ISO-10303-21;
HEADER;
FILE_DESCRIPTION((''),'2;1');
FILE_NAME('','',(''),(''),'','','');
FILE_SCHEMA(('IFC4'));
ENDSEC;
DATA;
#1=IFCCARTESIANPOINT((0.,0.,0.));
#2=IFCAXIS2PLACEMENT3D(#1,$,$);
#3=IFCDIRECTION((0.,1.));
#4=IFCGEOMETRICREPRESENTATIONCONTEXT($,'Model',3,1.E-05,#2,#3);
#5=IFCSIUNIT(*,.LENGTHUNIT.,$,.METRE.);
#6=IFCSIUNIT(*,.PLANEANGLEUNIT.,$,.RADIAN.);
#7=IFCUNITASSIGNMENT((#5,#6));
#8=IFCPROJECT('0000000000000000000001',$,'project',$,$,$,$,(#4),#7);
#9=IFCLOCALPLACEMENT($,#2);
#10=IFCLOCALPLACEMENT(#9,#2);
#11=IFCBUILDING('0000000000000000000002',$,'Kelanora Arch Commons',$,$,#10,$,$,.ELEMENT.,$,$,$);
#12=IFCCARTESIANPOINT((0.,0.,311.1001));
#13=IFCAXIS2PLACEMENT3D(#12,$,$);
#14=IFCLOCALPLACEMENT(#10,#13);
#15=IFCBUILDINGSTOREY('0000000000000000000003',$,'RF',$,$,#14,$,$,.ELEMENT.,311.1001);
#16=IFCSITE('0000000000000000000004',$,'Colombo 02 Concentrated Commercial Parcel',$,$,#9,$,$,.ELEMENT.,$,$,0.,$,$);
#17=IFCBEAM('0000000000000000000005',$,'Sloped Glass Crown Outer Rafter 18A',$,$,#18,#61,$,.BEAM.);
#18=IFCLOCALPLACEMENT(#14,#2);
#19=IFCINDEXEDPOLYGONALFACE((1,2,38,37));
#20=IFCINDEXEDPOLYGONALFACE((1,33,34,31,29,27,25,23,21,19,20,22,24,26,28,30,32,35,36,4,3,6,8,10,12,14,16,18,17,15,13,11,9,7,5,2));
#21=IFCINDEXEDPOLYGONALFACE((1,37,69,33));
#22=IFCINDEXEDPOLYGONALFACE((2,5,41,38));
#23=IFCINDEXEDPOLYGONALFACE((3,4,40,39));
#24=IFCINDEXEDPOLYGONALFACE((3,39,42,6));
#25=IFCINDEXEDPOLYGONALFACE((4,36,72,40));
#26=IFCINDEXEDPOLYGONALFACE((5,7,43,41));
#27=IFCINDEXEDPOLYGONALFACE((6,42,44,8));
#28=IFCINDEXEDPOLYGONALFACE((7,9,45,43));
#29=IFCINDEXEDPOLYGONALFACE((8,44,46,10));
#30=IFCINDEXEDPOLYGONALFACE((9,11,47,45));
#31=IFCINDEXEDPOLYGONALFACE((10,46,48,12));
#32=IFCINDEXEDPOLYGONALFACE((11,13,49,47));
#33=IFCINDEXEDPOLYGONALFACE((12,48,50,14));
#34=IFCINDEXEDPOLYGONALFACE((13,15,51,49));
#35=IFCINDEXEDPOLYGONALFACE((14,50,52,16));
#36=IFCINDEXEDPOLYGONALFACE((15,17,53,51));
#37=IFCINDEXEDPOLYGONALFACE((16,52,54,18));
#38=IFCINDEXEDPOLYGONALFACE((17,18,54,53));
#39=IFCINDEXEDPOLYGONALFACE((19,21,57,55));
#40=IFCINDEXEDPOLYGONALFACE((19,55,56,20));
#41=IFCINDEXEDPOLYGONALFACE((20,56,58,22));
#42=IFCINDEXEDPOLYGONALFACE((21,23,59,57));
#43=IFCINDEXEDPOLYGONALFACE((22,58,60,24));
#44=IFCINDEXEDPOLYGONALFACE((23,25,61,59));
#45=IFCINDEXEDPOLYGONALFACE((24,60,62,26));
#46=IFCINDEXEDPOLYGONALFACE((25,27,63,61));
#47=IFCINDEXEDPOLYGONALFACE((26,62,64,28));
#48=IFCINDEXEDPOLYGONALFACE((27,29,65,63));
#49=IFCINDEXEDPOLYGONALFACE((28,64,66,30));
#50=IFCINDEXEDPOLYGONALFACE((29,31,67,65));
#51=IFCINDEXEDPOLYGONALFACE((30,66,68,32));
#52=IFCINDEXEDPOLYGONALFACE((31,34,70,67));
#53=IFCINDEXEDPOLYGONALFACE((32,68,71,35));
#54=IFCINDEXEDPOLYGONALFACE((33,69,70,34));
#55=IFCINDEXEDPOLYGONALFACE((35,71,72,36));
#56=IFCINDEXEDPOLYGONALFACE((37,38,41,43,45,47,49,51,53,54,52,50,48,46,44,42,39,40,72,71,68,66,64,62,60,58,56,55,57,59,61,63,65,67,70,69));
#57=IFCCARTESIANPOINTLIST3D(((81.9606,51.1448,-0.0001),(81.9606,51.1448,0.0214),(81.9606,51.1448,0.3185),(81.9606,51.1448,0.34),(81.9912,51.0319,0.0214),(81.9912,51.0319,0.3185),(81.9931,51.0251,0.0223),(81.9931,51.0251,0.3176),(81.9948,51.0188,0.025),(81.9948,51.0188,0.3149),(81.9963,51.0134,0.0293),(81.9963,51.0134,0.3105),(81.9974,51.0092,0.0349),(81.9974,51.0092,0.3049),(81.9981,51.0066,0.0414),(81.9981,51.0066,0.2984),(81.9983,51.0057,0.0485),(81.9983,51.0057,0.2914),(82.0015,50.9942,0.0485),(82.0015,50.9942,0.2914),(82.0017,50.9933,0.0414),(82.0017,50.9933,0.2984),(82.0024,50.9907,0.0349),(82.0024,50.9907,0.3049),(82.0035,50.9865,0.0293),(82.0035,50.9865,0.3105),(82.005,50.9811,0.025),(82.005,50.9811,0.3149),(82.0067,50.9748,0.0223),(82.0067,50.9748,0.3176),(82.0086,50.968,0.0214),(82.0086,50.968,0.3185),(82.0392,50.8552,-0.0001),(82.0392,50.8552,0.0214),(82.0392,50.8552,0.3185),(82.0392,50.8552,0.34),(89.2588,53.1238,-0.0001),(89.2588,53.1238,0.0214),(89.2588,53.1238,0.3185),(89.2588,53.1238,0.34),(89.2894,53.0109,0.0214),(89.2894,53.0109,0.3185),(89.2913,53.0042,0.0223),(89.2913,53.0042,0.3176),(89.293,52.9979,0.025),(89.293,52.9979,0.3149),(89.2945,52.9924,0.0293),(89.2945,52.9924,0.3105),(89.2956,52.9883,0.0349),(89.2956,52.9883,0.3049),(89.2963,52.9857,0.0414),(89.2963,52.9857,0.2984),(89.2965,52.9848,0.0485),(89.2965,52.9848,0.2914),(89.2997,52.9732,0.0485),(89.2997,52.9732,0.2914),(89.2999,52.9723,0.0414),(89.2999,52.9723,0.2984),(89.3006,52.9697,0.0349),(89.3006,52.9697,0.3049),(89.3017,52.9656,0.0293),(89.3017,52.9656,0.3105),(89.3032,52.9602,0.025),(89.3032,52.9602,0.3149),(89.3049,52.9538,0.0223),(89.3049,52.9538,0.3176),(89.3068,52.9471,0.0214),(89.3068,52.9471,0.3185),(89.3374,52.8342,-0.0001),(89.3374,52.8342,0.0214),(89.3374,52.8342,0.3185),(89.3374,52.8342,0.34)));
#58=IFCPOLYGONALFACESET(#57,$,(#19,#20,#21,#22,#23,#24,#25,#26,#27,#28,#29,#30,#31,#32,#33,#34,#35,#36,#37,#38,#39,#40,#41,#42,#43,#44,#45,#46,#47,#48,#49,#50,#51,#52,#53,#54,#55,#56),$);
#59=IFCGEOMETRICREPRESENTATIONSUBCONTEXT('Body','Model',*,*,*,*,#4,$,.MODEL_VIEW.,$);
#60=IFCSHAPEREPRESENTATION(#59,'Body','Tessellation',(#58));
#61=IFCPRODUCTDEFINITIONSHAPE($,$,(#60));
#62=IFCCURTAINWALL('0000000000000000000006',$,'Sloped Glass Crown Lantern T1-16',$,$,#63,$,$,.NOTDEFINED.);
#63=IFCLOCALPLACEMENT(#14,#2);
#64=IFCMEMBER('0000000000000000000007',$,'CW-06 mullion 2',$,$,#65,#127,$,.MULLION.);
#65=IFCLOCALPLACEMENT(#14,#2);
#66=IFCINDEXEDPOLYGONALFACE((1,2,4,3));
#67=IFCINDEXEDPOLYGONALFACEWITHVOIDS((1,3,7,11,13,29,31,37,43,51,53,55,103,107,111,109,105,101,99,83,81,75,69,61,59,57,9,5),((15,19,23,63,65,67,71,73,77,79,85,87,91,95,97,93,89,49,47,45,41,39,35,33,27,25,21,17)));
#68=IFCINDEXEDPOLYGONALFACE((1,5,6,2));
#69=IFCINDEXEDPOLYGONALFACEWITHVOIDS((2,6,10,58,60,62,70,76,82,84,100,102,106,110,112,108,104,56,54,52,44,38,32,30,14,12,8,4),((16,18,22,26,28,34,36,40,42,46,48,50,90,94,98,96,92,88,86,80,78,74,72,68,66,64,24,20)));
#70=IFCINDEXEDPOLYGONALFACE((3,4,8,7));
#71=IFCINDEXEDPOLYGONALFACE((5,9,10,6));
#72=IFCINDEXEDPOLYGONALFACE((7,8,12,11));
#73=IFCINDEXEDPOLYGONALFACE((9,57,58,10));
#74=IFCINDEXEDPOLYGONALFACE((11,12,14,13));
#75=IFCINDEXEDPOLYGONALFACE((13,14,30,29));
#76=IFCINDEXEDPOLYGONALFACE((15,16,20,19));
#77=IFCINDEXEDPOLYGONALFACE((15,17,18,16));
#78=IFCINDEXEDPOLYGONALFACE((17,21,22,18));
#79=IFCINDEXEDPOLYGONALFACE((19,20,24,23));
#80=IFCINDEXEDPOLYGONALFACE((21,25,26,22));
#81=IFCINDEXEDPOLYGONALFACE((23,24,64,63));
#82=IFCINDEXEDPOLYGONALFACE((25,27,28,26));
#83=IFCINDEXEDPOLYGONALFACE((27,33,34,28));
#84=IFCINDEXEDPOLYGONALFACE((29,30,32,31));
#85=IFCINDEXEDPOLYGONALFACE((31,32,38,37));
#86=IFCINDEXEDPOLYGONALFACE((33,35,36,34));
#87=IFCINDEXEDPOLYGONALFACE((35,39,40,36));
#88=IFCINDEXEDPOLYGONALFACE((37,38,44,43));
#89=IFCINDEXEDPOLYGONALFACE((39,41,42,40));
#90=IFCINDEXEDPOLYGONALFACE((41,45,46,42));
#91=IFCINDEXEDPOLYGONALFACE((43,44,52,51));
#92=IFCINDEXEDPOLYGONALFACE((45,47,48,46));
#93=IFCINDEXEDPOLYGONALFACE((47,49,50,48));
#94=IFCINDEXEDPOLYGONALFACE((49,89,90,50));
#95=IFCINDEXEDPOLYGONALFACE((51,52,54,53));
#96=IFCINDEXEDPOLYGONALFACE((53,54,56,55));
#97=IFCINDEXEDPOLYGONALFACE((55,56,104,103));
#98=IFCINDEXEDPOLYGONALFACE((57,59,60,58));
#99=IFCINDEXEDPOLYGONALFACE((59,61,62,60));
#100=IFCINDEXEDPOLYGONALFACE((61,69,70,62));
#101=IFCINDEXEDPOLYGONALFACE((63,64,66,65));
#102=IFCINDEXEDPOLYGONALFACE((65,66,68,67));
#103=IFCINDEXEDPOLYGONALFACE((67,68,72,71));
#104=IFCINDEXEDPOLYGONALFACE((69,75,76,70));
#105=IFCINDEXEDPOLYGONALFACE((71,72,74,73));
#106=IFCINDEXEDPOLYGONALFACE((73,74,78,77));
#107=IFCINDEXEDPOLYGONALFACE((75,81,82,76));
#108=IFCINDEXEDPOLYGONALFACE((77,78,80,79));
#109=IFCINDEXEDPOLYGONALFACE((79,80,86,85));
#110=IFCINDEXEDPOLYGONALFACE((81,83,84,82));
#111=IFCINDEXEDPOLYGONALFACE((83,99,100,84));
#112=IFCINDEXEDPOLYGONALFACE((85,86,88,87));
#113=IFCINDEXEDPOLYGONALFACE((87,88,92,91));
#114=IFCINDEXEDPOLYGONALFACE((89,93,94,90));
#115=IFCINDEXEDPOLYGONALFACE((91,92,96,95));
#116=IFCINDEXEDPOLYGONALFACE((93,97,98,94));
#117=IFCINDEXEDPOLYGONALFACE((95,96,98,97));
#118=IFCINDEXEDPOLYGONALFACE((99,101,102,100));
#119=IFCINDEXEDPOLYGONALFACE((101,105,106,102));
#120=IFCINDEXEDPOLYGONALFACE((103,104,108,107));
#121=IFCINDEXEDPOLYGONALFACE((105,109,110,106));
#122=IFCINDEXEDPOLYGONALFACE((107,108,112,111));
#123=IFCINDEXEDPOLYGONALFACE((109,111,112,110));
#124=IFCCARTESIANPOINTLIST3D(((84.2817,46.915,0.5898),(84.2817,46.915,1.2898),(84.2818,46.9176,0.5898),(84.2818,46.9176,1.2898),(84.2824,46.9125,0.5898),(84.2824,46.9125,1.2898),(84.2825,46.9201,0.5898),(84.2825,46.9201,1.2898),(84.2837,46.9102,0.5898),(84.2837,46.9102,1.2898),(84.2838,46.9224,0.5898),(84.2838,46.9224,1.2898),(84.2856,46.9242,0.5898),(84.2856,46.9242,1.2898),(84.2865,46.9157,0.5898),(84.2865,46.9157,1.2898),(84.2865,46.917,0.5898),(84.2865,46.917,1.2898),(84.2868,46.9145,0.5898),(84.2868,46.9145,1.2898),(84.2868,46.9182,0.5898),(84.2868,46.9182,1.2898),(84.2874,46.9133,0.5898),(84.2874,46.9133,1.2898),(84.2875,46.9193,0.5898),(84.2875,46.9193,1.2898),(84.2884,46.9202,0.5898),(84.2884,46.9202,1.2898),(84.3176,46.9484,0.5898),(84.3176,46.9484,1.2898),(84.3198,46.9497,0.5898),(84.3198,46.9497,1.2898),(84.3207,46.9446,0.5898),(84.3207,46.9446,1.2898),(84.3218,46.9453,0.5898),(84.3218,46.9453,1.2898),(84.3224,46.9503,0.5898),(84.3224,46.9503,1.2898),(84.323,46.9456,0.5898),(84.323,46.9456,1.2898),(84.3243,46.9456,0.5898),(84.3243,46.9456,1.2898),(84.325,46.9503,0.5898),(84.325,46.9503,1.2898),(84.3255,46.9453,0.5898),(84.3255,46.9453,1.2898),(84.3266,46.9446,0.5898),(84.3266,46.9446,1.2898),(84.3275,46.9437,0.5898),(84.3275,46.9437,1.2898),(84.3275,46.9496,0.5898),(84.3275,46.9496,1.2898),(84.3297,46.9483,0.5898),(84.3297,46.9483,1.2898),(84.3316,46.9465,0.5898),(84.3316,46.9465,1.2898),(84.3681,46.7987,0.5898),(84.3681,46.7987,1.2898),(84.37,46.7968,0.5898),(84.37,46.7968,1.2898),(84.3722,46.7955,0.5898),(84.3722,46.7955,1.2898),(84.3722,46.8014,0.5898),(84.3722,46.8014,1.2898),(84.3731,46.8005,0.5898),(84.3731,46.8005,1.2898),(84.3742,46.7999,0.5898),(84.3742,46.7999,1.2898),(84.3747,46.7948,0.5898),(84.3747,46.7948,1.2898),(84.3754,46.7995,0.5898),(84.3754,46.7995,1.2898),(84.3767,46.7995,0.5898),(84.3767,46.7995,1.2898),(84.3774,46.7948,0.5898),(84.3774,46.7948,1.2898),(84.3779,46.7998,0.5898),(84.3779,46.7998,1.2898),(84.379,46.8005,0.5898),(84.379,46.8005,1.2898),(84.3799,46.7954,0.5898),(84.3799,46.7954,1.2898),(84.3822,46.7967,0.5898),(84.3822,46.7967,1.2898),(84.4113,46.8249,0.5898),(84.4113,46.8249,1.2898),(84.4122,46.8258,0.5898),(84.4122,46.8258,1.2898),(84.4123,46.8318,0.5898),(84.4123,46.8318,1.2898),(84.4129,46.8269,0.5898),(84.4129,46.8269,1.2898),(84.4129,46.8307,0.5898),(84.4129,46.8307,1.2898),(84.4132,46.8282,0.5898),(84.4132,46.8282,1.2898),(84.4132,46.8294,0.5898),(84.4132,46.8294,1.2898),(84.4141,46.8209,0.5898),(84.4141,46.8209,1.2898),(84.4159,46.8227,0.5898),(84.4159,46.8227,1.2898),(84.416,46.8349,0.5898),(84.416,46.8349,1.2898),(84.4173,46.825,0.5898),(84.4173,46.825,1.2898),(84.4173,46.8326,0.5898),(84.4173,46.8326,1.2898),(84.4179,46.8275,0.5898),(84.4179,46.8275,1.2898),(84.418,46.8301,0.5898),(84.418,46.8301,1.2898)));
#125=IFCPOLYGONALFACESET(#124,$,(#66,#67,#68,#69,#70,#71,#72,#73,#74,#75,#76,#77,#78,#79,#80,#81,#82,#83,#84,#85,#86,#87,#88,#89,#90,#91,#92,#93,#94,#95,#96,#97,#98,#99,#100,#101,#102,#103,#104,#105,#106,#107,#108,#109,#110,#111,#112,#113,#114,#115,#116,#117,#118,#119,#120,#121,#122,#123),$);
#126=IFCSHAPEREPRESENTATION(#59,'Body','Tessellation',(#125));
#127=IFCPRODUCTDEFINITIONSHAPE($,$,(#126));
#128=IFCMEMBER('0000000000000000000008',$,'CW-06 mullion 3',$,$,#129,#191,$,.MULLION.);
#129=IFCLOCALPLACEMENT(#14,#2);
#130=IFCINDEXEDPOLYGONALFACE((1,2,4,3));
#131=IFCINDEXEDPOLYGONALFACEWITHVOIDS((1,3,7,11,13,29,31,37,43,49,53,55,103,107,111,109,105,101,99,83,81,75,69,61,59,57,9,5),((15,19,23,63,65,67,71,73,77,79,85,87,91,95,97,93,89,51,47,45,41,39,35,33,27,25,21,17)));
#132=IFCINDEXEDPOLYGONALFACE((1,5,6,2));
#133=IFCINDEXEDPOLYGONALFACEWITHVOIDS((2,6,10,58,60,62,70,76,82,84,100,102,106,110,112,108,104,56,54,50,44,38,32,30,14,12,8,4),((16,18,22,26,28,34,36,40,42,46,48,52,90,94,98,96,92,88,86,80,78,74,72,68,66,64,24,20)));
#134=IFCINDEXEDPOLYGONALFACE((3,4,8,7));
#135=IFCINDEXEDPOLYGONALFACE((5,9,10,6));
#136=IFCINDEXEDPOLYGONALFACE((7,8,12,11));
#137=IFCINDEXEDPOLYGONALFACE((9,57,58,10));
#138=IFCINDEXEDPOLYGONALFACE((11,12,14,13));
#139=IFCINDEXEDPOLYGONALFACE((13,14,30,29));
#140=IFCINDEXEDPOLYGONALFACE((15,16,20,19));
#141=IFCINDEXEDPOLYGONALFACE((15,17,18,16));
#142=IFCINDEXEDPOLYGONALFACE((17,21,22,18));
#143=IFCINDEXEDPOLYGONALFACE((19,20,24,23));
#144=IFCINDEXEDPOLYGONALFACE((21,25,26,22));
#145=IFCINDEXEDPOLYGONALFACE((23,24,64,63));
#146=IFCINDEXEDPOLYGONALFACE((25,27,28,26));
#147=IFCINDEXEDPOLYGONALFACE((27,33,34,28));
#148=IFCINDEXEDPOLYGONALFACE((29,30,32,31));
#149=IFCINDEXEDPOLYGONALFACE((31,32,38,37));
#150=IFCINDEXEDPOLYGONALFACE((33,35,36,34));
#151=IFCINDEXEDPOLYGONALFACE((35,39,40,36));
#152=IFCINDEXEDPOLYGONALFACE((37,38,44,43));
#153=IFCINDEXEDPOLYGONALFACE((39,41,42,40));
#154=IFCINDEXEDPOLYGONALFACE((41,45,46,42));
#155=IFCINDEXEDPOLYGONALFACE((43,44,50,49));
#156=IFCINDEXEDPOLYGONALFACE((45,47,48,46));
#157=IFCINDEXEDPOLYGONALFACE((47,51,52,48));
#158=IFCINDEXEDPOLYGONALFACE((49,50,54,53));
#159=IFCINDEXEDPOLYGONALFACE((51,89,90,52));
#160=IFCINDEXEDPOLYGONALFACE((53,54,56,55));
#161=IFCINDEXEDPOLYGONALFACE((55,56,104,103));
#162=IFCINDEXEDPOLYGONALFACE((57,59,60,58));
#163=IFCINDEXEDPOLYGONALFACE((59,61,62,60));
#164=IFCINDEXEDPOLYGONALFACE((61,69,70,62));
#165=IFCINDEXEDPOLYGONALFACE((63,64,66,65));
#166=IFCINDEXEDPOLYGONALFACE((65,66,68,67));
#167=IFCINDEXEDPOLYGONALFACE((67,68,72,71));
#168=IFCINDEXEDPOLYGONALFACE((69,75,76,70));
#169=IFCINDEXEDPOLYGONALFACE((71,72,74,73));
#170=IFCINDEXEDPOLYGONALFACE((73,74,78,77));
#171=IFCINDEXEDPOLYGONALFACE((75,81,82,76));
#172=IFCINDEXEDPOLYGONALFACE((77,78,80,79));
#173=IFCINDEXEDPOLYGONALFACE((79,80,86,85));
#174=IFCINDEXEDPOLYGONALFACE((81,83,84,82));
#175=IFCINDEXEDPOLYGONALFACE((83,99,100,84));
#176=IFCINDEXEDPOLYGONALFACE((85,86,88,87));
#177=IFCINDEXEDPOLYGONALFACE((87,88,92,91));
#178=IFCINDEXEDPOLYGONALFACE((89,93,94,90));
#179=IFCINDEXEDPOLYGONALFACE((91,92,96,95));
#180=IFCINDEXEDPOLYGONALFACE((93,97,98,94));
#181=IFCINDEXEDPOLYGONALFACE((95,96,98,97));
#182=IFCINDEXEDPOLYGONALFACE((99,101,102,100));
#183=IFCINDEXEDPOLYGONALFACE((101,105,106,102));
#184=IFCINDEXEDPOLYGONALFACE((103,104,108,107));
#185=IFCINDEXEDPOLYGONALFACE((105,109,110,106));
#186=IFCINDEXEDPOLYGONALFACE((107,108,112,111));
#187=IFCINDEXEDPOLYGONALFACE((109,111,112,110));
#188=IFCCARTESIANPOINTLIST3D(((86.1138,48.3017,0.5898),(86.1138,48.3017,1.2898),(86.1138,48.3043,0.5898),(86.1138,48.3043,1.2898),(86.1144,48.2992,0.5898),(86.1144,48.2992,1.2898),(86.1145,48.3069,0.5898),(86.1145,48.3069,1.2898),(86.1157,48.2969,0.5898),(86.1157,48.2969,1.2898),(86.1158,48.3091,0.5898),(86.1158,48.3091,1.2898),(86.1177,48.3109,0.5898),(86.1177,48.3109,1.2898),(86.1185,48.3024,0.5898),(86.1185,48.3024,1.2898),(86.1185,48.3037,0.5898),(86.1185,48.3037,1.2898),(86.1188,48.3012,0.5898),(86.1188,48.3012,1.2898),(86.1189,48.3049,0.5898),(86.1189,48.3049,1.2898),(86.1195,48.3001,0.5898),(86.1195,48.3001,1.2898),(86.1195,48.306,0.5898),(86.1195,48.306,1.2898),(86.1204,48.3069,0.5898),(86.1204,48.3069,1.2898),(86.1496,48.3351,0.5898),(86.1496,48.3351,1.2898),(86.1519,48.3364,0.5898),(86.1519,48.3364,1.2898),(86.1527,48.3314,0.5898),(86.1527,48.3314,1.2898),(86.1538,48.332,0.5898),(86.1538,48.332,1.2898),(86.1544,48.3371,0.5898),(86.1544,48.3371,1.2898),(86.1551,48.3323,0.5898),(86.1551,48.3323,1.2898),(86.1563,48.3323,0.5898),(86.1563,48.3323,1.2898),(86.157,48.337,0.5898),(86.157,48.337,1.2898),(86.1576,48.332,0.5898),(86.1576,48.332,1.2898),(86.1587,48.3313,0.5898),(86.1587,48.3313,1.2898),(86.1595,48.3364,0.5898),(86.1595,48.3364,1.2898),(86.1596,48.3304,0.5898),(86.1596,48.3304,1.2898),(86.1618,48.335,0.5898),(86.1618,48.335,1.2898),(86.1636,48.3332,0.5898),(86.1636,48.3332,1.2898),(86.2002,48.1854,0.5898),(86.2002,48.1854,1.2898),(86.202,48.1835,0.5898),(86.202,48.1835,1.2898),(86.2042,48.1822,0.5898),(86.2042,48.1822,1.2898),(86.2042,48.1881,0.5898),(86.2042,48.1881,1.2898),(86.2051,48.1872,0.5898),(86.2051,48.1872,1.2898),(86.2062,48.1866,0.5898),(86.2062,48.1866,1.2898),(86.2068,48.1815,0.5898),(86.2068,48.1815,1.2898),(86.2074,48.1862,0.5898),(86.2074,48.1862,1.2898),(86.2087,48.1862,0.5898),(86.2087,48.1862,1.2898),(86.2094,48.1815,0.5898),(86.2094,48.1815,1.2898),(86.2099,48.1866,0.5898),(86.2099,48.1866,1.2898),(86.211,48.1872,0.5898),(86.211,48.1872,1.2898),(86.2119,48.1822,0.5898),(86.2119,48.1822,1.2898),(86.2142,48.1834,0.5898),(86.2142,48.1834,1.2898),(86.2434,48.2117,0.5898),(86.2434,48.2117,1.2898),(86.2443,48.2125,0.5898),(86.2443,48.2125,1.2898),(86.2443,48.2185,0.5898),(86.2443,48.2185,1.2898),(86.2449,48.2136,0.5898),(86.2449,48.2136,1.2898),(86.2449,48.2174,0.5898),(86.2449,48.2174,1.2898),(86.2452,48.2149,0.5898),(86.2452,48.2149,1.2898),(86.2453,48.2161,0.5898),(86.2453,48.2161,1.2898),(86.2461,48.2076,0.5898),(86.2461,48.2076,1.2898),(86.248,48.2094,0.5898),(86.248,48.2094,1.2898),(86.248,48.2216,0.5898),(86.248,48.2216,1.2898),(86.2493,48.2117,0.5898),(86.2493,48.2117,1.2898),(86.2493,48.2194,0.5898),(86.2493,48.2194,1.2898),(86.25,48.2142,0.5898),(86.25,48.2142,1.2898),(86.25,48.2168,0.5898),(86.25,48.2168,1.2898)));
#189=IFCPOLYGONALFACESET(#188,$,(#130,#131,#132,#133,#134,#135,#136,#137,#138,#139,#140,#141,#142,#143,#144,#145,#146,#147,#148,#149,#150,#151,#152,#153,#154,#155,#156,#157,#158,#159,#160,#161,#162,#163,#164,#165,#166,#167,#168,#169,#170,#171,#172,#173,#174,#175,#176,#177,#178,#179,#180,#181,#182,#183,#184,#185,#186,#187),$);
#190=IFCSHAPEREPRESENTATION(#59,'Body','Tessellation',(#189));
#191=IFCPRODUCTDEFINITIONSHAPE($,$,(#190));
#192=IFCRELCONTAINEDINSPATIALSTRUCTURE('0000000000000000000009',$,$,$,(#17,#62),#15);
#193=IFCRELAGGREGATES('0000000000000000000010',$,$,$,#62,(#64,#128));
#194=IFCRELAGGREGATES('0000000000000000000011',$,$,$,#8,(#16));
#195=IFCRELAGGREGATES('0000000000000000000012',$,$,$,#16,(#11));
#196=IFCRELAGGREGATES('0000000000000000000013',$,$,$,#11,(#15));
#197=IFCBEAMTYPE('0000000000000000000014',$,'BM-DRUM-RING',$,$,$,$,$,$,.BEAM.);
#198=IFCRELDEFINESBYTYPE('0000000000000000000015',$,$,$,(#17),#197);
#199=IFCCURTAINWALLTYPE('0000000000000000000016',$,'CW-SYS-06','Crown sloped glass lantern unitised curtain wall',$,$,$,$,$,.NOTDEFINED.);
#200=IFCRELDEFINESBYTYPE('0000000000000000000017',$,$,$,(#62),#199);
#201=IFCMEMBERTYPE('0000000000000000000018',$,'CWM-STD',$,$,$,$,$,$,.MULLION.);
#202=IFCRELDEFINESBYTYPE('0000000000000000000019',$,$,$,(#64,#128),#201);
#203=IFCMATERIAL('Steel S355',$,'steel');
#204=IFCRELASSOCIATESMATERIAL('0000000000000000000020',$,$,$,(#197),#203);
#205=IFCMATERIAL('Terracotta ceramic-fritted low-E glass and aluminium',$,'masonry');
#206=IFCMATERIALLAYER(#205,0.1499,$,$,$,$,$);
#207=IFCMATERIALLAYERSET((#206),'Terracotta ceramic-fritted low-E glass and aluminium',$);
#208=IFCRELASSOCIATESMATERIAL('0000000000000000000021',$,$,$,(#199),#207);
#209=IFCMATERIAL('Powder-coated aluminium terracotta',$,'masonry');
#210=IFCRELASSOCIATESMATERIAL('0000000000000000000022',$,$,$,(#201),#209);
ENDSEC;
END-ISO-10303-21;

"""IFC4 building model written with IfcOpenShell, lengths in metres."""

from ifc_helpers import new_model, si_unit, direction, frame, origin, origin_2d, place, context, subcontext, project, spatial, hollow_rectangle, i_section, extrude, material, layer, layer_set, material_profile, profile_set, type_object, element, aggregate, save


model = new_model("IFC4")

# Units and contexts
model_context = context("Model", 3, precision=1e-05, world=origin(), true_north=direction((0.0, 1.0)))
body_context = subcontext(model_context, "Body", "Model", "MODEL_VIEW")
ifc_project = project(units=[si_unit("LENGTHUNIT", "METRE"), si_unit("PLANEANGLEUNIT", "RADIAN")], contexts=[model_context])

# Site, building, storey
site_placement = place(None, origin())
site = spatial("IfcSite", under=ifc_project, at=site_placement, Name="Colombo 02 Concentrated Commercial Parcel", CompositionType="ELEMENT", RefElevation=0.0)
building_placement = place(site_placement, origin())
building = spatial("IfcBuilding", under=site, at=building_placement, Name="Kelanora Arch Commons", CompositionType="ELEMENT")
storey_placement = place(building_placement, frame((0.0, 0.0, 311.1001)))
storey = spatial("IfcBuildingStorey", under=building, at=storey_placement, Name="RF", CompositionType="ELEMENT", Elevation=311.1001)

# Beam
ifc_material_1 = material(Name="Steel S355", Category="steel")
ifc_material_profile_1 = material_profile(ifc_material_1, i_section(OverallWidth=0.3, OverallDepth=0.3401, WebThickness=0.012, FlangeThickness=0.0215, FilletRadius=0.0271, at=origin_2d()), Name="HEB340")
ifc_profile_set_1 = profile_set([ifc_material_profile_1], Name="Steel S355")
beam_type = type_object("IfcBeamType", Name="BM-DRUM-RING", PredefinedType="BEAM", material=ifc_profile_set_1)
beam_1_placement = place(storey_placement, frame((89.2981, 52.979, 0.1699), z_axis=(-0.965145, -0.261716, 0.0), x_axis=(0.261716, -0.965145, 0.0)))
element("IfcBeam", 1, at=beam_1_placement, inside=storey, type_object=beam_type, Name="Sloped Glass Crown Outer Rafter 18A", PredefinedType="BEAM", context=body_context, shape_type="SweptSolid", body=[
    extrude(i_section(OverallWidth=0.3, OverallDepth=0.3401, WebThickness=0.012, FlangeThickness=0.0215, FilletRadius=0.0271, at=origin_2d()), origin(), (0.0, 0.0, 1.0), 7.5618),
])

# Curtain wall, members
ifc_material_2 = material(Name="Terracotta ceramic-fritted low-E glass and aluminium", Category="masonry")
ifc_layer_1 = layer(ifc_material_2, 0.1499)
ifc_layer_set_1 = layer_set([ifc_layer_1], Name="Terracotta ceramic-fritted low-E glass and aluminium")
curtain_wall_type = type_object("IfcCurtainWallType", Name="CW-SYS-06", Description="Crown sloped glass lantern unitised curtain wall", PredefinedType="NOTDEFINED", material=ifc_layer_set_1)
curtain_wall_1_placement = place(storey_placement, origin())
curtain_wall_1 = element("IfcCurtainWall", 2, at=curtain_wall_1_placement, inside=storey, type_object=curtain_wall_type, Name="Sloped Glass Crown Lantern T1-16", PredefinedType="NOTDEFINED")
ifc_material_3 = material(Name="Powder-coated aluminium terracotta", Category="masonry")
ifc_material_profile_2 = material_profile(ifc_material_3, hollow_rectangle(XDim=0.1599, YDim=0.0601, WallThickness=0.0049, InnerFilletRadius=0.0049, OuterFilletRadius=0.01, at=origin_2d()), Name="CWM160x60")
ifc_profile_set_2 = profile_set([ifc_material_profile_2], Name="Powder-coated aluminium terracotta")
member_type_1 = type_object("IfcMemberType", Name="CWM-STD", PredefinedType="MULLION", material=ifc_profile_set_2)
member_1_placement = place(storey_placement, frame((84.3499, 46.8726, 0.5898), z_axis=(0.0, 0.0, 1.0), x_axis=(-0.603568, 0.797311, 0.0)))
member_1 = element("IfcMember", 3, at=member_1_placement, type_object=member_type_1, Name="CW-06 mullion 2", PredefinedType="MULLION", context=body_context, shape_type="SweptSolid", body=[
    extrude(hollow_rectangle(XDim=0.1599, YDim=0.0601, WallThickness=0.0049, InnerFilletRadius=0.0049, OuterFilletRadius=0.01, at=origin_2d()), origin(), (0.0, 0.0, 1.0), 0.7),
])
member_2_placement = place(storey_placement, frame((86.1819, 48.2593, 0.5898), z_axis=(0.0, 0.0, 1.0), x_axis=(-0.603568, 0.797311, 0.0)))
member_2 = element("IfcMember", 4, at=member_2_placement, type_object=member_type_1, Name="CW-06 mullion 3", PredefinedType="MULLION", context=body_context, shape_type="SweptSolid", body=[
    extrude(hollow_rectangle(XDim=0.1599, YDim=0.0601, WallThickness=0.0049, InnerFilletRadius=0.0049, OuterFilletRadius=0.01, at=origin_2d()), origin(), (0.0, 0.0, 1.0), 0.7),
])

aggregate(curtain_wall_1, [member_1, member_2])

save(model, "model.ifc")
